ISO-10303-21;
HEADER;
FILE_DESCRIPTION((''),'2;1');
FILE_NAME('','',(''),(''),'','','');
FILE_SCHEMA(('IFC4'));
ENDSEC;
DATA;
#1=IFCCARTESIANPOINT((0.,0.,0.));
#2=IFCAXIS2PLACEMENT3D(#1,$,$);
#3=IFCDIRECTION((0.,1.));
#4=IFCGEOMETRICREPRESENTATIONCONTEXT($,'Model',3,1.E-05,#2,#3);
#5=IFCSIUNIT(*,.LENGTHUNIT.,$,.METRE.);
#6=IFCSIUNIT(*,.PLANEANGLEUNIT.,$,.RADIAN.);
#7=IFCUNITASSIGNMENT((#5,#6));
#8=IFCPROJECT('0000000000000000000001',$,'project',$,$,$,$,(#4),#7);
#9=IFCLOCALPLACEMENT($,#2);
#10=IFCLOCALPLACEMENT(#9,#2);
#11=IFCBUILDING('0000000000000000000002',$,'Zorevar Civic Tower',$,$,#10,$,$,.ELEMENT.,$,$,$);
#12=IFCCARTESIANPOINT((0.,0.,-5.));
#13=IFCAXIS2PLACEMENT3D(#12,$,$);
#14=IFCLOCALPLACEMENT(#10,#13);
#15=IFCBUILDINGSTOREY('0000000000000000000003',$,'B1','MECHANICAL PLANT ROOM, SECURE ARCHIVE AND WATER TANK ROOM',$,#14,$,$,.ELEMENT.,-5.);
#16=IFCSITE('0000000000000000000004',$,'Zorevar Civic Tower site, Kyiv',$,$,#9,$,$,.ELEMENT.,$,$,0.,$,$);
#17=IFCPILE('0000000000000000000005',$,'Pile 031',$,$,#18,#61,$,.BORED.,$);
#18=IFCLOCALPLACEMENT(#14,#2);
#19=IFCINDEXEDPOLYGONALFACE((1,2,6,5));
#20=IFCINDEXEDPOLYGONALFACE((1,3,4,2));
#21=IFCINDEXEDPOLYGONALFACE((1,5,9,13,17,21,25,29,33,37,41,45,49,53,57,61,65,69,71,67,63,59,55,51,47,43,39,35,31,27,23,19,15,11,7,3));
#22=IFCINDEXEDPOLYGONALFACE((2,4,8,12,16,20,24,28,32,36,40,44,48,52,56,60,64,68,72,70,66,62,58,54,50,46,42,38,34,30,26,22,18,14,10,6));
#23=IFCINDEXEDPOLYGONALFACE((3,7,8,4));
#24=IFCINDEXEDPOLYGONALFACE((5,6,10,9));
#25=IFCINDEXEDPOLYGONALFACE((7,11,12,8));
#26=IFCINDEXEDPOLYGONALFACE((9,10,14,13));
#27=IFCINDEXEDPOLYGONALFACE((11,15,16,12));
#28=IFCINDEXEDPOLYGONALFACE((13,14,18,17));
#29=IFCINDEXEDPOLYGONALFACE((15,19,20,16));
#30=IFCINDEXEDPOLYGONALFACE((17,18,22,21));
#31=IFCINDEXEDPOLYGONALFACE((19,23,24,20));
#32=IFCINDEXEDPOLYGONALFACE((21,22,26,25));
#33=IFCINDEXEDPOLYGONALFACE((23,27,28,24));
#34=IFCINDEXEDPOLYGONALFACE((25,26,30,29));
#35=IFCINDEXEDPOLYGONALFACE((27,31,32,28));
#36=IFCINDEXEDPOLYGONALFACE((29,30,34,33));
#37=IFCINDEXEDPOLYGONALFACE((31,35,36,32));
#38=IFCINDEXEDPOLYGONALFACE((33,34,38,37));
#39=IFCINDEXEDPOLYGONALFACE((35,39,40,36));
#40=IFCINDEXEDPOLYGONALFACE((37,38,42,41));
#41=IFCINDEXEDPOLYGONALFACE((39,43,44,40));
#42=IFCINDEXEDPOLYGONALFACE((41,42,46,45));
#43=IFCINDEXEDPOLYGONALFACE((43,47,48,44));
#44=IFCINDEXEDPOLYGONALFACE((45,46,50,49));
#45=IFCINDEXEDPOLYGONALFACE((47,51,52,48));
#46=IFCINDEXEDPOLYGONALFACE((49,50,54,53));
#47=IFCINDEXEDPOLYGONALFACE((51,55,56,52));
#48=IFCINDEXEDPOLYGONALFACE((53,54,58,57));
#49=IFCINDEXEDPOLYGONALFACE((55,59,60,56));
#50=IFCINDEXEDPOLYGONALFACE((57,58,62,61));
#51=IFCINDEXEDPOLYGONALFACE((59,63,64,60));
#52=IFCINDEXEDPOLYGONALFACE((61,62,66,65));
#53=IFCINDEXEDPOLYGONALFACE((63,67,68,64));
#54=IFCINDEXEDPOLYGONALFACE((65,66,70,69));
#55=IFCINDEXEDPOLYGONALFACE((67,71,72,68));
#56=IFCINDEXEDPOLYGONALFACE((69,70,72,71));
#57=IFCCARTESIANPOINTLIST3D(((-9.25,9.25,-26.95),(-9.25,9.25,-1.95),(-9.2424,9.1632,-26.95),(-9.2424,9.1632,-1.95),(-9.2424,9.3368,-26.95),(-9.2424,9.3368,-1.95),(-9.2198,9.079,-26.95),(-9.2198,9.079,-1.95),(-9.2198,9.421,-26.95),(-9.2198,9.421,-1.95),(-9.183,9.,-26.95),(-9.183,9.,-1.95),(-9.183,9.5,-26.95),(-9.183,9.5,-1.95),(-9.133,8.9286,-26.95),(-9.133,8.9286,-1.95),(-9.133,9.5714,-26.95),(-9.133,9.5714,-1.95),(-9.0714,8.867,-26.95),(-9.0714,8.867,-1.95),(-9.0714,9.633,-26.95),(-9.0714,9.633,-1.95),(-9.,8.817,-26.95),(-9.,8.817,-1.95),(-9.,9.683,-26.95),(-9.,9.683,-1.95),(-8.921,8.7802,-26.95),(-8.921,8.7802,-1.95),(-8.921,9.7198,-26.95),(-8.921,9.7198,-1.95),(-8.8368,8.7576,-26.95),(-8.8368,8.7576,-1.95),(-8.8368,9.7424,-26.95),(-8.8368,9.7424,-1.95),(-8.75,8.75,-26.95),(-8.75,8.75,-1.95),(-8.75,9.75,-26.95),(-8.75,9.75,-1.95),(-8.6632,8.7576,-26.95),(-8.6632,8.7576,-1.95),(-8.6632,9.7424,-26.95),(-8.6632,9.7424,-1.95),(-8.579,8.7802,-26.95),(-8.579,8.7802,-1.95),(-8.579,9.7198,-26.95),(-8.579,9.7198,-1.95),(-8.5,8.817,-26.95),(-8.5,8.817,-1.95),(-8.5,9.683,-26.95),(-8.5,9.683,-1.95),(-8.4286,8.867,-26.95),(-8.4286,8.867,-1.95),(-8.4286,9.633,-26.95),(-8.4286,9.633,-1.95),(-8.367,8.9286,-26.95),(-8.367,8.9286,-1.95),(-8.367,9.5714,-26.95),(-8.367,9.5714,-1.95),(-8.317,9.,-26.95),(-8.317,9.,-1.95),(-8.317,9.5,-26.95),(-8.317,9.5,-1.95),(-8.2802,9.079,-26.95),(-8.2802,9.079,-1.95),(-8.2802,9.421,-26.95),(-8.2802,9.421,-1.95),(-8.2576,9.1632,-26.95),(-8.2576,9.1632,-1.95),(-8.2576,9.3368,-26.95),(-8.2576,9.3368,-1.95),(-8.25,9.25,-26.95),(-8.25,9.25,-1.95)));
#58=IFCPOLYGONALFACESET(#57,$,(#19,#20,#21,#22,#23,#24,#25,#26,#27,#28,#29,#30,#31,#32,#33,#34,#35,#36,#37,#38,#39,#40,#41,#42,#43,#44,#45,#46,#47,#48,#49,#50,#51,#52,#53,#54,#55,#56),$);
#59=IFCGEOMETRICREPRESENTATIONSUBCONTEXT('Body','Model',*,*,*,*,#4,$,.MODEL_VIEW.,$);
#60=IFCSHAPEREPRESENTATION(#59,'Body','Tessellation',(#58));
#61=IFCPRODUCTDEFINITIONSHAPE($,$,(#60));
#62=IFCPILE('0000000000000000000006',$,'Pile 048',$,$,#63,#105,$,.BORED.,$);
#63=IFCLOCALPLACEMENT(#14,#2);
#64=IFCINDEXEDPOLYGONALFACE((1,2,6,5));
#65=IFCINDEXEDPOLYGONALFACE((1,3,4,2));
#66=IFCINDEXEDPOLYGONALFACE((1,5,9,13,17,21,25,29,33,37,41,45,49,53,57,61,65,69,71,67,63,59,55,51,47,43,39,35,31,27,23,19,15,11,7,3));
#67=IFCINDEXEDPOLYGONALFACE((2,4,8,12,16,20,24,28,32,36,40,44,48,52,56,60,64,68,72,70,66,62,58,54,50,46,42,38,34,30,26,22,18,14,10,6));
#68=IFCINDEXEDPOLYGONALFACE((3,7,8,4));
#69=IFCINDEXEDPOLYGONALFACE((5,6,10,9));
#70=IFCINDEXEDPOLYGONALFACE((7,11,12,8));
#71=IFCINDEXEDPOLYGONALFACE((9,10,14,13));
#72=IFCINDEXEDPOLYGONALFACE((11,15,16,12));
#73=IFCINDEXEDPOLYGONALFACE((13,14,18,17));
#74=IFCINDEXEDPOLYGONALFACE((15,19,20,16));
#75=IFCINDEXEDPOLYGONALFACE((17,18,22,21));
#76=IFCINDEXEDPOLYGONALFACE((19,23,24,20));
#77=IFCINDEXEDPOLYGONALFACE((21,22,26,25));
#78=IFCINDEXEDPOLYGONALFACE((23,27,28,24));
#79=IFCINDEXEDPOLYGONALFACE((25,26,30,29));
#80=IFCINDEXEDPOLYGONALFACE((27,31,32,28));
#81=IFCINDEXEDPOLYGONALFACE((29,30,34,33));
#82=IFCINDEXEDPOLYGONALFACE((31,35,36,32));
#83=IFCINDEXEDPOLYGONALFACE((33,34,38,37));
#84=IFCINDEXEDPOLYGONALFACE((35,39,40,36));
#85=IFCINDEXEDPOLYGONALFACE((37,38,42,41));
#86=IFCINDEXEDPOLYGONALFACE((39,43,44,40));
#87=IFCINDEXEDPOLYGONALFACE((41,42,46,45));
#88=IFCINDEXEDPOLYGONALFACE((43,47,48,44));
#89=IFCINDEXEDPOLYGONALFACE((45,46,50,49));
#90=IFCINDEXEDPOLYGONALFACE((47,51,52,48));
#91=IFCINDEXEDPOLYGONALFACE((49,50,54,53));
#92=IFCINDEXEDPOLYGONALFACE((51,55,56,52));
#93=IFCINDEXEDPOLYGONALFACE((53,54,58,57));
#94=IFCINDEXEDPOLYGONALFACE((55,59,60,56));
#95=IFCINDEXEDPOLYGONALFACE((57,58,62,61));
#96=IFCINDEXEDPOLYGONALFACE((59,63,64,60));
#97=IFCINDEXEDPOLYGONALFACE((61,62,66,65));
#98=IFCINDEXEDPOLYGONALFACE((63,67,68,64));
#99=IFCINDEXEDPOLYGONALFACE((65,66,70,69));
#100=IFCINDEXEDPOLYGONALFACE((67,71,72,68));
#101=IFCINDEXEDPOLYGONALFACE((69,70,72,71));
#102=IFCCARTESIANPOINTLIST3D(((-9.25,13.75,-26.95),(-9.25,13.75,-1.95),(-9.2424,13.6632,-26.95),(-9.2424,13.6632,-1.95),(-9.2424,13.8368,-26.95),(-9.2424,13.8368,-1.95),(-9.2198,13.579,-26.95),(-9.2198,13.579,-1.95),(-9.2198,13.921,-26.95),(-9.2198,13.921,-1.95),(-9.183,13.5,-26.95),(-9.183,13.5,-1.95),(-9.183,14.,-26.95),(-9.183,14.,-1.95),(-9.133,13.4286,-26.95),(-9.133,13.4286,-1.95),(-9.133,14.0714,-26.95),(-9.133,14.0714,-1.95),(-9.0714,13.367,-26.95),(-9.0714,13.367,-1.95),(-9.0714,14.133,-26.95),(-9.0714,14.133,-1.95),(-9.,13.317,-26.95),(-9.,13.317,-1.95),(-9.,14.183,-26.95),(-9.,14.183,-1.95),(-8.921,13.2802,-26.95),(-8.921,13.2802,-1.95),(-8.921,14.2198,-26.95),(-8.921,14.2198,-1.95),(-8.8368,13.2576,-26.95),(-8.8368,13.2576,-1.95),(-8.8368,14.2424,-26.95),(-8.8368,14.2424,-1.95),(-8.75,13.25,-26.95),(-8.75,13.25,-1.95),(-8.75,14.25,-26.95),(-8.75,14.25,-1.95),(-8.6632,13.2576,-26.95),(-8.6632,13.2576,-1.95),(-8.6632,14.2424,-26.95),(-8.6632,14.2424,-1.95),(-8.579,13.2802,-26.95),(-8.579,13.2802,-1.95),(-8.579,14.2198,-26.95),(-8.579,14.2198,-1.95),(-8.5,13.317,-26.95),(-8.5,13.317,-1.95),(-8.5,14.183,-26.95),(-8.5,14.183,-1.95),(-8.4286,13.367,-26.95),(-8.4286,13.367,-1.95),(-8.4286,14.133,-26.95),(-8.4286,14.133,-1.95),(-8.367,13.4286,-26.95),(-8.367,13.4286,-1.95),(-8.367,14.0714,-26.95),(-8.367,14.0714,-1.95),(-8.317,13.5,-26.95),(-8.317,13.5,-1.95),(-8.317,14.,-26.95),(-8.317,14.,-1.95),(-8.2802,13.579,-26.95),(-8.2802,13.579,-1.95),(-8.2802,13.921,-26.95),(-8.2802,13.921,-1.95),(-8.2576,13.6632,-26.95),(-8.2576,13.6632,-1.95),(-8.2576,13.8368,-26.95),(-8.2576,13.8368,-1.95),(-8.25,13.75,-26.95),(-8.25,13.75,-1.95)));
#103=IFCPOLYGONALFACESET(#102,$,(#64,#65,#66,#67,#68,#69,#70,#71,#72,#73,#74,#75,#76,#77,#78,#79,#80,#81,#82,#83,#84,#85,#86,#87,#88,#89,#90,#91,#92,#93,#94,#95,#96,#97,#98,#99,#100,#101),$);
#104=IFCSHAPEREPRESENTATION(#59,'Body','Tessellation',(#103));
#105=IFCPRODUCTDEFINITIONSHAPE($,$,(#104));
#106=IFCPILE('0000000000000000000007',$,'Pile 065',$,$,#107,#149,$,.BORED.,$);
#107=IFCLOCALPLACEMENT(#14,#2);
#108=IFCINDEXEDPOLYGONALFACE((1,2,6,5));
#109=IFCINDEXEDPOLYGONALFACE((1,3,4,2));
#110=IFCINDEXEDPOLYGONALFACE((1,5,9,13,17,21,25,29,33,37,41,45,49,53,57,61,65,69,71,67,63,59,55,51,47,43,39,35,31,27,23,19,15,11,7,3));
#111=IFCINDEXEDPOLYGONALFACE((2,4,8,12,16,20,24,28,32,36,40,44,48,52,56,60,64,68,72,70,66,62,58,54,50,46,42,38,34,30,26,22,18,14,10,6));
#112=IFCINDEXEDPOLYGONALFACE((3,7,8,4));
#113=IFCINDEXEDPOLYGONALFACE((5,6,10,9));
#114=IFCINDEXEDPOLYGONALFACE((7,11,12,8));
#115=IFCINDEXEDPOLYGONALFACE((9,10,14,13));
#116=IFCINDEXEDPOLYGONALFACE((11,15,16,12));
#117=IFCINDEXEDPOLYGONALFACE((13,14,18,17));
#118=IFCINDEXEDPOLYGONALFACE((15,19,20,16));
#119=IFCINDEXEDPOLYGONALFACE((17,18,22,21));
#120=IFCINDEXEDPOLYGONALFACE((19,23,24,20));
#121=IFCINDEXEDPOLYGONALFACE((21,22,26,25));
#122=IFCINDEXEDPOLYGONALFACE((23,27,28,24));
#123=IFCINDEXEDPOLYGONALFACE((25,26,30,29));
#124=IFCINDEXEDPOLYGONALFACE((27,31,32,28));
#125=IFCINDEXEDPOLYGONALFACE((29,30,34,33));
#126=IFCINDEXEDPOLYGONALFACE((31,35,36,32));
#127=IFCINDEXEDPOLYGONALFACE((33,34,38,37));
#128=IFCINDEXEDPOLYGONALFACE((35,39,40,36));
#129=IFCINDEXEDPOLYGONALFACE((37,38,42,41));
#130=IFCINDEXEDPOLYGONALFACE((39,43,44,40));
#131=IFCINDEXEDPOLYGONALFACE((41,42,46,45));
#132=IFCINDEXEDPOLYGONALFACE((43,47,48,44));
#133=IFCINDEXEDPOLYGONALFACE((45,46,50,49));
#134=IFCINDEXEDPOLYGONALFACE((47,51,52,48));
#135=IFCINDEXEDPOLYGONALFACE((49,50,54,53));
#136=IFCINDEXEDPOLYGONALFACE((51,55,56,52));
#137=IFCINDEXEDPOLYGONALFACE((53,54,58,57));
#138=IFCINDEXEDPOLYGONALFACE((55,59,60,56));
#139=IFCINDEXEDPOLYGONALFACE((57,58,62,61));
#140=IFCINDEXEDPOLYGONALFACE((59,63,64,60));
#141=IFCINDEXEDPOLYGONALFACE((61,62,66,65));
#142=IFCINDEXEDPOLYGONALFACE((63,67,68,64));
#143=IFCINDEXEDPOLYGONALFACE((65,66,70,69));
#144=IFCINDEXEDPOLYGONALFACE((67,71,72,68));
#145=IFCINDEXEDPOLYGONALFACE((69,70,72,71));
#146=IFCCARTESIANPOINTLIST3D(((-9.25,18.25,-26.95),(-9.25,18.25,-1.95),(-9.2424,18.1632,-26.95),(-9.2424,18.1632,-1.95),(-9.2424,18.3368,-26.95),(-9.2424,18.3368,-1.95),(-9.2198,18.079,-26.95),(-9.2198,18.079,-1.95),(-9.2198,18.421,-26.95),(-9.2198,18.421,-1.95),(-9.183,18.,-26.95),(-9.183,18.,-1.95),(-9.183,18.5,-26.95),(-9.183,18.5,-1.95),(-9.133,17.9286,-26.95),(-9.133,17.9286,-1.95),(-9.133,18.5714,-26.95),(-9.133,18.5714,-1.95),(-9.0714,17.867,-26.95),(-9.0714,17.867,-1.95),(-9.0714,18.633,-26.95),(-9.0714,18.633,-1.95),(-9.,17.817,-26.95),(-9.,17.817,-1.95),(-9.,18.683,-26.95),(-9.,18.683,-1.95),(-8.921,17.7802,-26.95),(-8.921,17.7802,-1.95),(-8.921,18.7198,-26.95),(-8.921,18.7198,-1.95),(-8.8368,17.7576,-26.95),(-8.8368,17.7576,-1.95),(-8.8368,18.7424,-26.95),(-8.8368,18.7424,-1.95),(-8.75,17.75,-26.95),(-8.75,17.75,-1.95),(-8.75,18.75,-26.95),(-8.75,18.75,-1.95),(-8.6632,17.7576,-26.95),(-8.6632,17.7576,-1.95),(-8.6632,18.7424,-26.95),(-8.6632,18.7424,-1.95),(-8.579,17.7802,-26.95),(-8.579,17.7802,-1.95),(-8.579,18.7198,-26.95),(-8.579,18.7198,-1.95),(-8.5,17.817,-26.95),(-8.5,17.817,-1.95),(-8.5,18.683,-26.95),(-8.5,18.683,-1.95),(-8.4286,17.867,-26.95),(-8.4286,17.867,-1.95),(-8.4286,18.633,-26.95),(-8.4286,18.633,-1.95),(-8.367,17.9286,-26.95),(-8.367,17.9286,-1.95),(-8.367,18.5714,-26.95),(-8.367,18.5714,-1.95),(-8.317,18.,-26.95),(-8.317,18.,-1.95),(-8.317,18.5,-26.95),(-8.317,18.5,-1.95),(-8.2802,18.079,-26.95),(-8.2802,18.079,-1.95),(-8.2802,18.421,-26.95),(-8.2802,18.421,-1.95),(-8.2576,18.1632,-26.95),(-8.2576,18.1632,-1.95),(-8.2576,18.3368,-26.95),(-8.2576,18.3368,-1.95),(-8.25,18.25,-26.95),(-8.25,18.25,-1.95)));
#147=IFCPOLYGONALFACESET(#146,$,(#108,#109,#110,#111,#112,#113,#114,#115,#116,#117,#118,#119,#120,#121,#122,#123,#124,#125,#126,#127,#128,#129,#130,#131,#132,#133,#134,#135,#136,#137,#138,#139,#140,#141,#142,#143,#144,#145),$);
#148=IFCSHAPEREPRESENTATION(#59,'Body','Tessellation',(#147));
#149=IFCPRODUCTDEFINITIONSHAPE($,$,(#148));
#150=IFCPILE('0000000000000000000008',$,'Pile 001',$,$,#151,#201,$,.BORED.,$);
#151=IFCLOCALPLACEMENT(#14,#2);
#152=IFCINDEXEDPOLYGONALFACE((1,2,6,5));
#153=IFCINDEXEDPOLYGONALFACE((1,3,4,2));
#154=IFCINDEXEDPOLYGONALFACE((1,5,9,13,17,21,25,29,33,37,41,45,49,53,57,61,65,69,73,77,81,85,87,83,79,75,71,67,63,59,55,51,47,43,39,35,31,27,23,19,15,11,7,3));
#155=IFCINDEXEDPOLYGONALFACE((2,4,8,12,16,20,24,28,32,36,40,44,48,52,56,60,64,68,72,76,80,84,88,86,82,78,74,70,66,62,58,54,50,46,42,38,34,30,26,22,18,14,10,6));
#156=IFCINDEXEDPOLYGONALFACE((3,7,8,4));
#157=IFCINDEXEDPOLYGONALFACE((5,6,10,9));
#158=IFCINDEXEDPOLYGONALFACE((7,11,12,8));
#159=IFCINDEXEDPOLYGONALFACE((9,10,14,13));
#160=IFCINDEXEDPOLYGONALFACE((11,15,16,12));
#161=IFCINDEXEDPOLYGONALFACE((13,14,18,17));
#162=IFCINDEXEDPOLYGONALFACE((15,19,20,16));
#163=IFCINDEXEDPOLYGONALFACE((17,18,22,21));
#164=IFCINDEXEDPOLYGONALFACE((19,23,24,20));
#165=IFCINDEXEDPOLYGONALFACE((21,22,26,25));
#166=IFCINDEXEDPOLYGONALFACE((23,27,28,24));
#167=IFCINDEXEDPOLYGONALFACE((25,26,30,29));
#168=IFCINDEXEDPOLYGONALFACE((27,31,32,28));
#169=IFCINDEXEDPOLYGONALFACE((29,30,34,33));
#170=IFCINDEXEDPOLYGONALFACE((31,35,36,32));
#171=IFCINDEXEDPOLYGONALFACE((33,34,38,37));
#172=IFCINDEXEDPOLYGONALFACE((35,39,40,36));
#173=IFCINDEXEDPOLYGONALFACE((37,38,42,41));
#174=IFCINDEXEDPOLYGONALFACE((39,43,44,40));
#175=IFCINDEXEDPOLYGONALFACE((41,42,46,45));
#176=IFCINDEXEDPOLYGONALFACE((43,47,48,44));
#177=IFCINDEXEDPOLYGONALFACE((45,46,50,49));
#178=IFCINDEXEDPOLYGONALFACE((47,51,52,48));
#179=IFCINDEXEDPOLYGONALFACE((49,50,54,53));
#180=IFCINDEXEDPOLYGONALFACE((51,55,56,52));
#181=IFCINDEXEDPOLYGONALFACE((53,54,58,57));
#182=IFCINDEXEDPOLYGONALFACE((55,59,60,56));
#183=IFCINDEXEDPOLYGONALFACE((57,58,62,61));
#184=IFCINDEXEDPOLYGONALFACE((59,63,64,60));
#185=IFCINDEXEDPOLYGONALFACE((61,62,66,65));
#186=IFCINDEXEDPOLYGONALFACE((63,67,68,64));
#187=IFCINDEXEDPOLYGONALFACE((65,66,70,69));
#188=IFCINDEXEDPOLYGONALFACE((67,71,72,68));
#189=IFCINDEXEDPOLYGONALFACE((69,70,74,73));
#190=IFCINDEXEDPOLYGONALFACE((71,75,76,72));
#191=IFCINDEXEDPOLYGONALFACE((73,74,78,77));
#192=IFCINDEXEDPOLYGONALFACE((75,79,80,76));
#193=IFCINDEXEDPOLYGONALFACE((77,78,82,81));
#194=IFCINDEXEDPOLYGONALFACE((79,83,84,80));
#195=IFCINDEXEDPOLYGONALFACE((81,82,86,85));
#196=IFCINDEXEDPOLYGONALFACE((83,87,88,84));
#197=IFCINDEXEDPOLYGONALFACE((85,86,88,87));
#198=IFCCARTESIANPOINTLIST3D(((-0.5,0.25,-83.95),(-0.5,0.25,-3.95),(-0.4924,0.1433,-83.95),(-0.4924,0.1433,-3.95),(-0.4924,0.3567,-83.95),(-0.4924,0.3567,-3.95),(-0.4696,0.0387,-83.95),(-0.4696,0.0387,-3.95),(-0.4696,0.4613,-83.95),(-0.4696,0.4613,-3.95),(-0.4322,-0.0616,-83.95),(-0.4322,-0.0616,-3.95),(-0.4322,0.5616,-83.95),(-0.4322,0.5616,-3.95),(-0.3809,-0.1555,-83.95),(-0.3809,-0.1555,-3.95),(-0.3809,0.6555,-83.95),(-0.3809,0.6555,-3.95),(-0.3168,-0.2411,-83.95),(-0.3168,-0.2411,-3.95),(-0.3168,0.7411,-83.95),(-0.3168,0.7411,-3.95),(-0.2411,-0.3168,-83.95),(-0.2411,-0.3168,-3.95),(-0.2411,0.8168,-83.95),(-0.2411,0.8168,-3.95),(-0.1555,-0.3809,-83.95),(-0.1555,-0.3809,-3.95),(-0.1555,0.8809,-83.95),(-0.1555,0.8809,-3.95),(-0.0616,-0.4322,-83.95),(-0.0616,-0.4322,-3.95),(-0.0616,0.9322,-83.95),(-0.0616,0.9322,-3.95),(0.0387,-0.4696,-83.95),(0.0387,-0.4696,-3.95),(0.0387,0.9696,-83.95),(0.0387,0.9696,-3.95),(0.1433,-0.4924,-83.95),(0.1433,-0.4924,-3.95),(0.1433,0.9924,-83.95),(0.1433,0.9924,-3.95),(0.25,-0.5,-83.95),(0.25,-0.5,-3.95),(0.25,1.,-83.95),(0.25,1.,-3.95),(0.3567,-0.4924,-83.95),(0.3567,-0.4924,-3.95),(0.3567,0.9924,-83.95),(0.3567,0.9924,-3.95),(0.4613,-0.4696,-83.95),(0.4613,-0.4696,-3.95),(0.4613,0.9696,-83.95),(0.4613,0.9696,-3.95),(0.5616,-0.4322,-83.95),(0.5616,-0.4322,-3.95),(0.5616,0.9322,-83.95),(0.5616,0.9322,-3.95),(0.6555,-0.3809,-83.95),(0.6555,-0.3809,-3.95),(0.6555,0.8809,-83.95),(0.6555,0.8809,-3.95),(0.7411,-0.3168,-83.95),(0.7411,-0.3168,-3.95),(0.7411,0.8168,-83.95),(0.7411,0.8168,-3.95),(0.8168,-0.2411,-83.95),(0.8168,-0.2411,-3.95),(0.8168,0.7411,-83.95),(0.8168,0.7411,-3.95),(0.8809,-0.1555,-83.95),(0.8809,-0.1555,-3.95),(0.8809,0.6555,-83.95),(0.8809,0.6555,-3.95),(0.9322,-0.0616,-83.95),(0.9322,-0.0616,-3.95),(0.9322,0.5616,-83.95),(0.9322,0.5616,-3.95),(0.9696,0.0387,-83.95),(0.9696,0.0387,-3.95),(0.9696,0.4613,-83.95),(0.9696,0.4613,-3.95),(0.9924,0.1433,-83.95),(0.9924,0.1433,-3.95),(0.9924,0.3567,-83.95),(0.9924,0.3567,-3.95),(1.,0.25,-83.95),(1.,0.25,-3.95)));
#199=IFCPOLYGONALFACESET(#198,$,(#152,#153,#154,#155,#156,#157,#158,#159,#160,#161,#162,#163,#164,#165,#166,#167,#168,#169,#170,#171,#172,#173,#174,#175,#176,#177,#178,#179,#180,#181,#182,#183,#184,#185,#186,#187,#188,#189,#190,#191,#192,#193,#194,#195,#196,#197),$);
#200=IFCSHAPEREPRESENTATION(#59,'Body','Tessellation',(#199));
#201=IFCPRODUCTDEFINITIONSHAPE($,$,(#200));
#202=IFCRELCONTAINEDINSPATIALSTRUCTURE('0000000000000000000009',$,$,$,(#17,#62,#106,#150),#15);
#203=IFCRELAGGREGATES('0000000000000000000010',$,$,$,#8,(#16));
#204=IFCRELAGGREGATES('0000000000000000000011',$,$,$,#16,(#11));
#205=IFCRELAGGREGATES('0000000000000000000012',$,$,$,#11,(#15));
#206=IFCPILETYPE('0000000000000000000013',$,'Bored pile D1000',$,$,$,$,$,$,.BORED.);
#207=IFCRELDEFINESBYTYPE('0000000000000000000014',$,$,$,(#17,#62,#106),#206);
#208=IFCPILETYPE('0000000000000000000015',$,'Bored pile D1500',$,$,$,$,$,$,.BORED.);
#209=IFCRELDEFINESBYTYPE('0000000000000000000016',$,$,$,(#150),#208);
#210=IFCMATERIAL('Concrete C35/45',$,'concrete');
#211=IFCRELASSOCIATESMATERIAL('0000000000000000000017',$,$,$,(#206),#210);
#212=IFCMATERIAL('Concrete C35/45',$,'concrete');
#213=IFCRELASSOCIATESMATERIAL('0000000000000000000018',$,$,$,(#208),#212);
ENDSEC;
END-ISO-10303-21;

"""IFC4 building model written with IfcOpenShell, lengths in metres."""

from ifc_helpers import new_model, si_unit, direction, frame, origin, origin_2d, place, context, subcontext, project, spatial, circle, extrude, material, type_object, element, save


model = new_model("IFC4")

# Units and contexts
model_context = context("Model", 3, precision=1e-05, world=origin(), true_north=direction((0.0, 1.0)))
body_context = subcontext(model_context, "Body", "Model", "MODEL_VIEW")
ifc_project = project(units=[si_unit("LENGTHUNIT", "METRE"), si_unit("PLANEANGLEUNIT", "RADIAN")], contexts=[model_context])

# Site, building, storey
site_placement = place(None, origin())
site = spatial("IfcSite", under=ifc_project, at=site_placement, Name="Zorevar Civic Tower site, Kyiv", CompositionType="ELEMENT", RefElevation=0.0)
building_placement = place(site_placement, origin())
building = spatial("IfcBuilding", under=site, at=building_placement, Name="Zorevar Civic Tower", CompositionType="ELEMENT")
storey_placement = place(building_placement, frame((0.0, 0.0, -5.0)))
storey = spatial("IfcBuildingStorey", under=building, at=storey_placement, Name="B1", Description="MECHANICAL PLANT ROOM, SECURE ARCHIVE AND WATER TANK ROOM", CompositionType="ELEMENT", Elevation=-5.0)

# Piles
ifc_material_1 = material(Name="Concrete C35/45", Category="concrete")
pile_type_1 = type_object("IfcPileType", Name="Bored pile D1000", PredefinedType="BORED", material=ifc_material_1)
for number, where, z_axis, x_axis, name in (
    (1, (-8.75, 9.25, -1.95), (0.0, 0.0, -1.0), (1.0, 0.0, 0.0), "Pile 031"),
    (2, (-8.75, 13.75, -1.95), (0.0, 0.0, -1.0), (1.0, 0.0, 0.0), "Pile 048"),
    (3, (-8.75, 18.25, -1.95), (0.0, 0.0, -1.0), (1.0, 0.0, 0.0), "Pile 065"),
):
    element("IfcPile", number, at=place(storey_placement, frame(where, z_axis=z_axis, x_axis=x_axis)), inside=storey, type_object=pile_type_1, Name=name, PredefinedType="BORED", context=body_context, shape_type="SweptSolid", body=[
        extrude(circle(Radius=0.5, at=origin_2d()), origin(), (0.0, 0.0, 1.0), 25.0),
    ])
ifc_material_2 = material(Name="Concrete C35/45", Category="concrete")
pile_type_2 = type_object("IfcPileType", Name="Bored pile D1500", PredefinedType="BORED", material=ifc_material_2)
for number, where, z_axis, x_axis, name in (
    (4, (0.25, 0.25, -3.95), (0.0, 0.0, -1.0), (1.0, 0.0, 0.0), "Pile 001"),
):
    element("IfcPile", number, at=place(storey_placement, frame(where, z_axis=z_axis, x_axis=x_axis)), inside=storey, type_object=pile_type_2, Name=name, PredefinedType="BORED", context=body_context, shape_type="SweptSolid", body=[
        extrude(circle(Radius=0.75, at=origin_2d()), origin(), (0.0, 0.0, 1.0), 80.0),
    ])

save(model, "model.ifc")
